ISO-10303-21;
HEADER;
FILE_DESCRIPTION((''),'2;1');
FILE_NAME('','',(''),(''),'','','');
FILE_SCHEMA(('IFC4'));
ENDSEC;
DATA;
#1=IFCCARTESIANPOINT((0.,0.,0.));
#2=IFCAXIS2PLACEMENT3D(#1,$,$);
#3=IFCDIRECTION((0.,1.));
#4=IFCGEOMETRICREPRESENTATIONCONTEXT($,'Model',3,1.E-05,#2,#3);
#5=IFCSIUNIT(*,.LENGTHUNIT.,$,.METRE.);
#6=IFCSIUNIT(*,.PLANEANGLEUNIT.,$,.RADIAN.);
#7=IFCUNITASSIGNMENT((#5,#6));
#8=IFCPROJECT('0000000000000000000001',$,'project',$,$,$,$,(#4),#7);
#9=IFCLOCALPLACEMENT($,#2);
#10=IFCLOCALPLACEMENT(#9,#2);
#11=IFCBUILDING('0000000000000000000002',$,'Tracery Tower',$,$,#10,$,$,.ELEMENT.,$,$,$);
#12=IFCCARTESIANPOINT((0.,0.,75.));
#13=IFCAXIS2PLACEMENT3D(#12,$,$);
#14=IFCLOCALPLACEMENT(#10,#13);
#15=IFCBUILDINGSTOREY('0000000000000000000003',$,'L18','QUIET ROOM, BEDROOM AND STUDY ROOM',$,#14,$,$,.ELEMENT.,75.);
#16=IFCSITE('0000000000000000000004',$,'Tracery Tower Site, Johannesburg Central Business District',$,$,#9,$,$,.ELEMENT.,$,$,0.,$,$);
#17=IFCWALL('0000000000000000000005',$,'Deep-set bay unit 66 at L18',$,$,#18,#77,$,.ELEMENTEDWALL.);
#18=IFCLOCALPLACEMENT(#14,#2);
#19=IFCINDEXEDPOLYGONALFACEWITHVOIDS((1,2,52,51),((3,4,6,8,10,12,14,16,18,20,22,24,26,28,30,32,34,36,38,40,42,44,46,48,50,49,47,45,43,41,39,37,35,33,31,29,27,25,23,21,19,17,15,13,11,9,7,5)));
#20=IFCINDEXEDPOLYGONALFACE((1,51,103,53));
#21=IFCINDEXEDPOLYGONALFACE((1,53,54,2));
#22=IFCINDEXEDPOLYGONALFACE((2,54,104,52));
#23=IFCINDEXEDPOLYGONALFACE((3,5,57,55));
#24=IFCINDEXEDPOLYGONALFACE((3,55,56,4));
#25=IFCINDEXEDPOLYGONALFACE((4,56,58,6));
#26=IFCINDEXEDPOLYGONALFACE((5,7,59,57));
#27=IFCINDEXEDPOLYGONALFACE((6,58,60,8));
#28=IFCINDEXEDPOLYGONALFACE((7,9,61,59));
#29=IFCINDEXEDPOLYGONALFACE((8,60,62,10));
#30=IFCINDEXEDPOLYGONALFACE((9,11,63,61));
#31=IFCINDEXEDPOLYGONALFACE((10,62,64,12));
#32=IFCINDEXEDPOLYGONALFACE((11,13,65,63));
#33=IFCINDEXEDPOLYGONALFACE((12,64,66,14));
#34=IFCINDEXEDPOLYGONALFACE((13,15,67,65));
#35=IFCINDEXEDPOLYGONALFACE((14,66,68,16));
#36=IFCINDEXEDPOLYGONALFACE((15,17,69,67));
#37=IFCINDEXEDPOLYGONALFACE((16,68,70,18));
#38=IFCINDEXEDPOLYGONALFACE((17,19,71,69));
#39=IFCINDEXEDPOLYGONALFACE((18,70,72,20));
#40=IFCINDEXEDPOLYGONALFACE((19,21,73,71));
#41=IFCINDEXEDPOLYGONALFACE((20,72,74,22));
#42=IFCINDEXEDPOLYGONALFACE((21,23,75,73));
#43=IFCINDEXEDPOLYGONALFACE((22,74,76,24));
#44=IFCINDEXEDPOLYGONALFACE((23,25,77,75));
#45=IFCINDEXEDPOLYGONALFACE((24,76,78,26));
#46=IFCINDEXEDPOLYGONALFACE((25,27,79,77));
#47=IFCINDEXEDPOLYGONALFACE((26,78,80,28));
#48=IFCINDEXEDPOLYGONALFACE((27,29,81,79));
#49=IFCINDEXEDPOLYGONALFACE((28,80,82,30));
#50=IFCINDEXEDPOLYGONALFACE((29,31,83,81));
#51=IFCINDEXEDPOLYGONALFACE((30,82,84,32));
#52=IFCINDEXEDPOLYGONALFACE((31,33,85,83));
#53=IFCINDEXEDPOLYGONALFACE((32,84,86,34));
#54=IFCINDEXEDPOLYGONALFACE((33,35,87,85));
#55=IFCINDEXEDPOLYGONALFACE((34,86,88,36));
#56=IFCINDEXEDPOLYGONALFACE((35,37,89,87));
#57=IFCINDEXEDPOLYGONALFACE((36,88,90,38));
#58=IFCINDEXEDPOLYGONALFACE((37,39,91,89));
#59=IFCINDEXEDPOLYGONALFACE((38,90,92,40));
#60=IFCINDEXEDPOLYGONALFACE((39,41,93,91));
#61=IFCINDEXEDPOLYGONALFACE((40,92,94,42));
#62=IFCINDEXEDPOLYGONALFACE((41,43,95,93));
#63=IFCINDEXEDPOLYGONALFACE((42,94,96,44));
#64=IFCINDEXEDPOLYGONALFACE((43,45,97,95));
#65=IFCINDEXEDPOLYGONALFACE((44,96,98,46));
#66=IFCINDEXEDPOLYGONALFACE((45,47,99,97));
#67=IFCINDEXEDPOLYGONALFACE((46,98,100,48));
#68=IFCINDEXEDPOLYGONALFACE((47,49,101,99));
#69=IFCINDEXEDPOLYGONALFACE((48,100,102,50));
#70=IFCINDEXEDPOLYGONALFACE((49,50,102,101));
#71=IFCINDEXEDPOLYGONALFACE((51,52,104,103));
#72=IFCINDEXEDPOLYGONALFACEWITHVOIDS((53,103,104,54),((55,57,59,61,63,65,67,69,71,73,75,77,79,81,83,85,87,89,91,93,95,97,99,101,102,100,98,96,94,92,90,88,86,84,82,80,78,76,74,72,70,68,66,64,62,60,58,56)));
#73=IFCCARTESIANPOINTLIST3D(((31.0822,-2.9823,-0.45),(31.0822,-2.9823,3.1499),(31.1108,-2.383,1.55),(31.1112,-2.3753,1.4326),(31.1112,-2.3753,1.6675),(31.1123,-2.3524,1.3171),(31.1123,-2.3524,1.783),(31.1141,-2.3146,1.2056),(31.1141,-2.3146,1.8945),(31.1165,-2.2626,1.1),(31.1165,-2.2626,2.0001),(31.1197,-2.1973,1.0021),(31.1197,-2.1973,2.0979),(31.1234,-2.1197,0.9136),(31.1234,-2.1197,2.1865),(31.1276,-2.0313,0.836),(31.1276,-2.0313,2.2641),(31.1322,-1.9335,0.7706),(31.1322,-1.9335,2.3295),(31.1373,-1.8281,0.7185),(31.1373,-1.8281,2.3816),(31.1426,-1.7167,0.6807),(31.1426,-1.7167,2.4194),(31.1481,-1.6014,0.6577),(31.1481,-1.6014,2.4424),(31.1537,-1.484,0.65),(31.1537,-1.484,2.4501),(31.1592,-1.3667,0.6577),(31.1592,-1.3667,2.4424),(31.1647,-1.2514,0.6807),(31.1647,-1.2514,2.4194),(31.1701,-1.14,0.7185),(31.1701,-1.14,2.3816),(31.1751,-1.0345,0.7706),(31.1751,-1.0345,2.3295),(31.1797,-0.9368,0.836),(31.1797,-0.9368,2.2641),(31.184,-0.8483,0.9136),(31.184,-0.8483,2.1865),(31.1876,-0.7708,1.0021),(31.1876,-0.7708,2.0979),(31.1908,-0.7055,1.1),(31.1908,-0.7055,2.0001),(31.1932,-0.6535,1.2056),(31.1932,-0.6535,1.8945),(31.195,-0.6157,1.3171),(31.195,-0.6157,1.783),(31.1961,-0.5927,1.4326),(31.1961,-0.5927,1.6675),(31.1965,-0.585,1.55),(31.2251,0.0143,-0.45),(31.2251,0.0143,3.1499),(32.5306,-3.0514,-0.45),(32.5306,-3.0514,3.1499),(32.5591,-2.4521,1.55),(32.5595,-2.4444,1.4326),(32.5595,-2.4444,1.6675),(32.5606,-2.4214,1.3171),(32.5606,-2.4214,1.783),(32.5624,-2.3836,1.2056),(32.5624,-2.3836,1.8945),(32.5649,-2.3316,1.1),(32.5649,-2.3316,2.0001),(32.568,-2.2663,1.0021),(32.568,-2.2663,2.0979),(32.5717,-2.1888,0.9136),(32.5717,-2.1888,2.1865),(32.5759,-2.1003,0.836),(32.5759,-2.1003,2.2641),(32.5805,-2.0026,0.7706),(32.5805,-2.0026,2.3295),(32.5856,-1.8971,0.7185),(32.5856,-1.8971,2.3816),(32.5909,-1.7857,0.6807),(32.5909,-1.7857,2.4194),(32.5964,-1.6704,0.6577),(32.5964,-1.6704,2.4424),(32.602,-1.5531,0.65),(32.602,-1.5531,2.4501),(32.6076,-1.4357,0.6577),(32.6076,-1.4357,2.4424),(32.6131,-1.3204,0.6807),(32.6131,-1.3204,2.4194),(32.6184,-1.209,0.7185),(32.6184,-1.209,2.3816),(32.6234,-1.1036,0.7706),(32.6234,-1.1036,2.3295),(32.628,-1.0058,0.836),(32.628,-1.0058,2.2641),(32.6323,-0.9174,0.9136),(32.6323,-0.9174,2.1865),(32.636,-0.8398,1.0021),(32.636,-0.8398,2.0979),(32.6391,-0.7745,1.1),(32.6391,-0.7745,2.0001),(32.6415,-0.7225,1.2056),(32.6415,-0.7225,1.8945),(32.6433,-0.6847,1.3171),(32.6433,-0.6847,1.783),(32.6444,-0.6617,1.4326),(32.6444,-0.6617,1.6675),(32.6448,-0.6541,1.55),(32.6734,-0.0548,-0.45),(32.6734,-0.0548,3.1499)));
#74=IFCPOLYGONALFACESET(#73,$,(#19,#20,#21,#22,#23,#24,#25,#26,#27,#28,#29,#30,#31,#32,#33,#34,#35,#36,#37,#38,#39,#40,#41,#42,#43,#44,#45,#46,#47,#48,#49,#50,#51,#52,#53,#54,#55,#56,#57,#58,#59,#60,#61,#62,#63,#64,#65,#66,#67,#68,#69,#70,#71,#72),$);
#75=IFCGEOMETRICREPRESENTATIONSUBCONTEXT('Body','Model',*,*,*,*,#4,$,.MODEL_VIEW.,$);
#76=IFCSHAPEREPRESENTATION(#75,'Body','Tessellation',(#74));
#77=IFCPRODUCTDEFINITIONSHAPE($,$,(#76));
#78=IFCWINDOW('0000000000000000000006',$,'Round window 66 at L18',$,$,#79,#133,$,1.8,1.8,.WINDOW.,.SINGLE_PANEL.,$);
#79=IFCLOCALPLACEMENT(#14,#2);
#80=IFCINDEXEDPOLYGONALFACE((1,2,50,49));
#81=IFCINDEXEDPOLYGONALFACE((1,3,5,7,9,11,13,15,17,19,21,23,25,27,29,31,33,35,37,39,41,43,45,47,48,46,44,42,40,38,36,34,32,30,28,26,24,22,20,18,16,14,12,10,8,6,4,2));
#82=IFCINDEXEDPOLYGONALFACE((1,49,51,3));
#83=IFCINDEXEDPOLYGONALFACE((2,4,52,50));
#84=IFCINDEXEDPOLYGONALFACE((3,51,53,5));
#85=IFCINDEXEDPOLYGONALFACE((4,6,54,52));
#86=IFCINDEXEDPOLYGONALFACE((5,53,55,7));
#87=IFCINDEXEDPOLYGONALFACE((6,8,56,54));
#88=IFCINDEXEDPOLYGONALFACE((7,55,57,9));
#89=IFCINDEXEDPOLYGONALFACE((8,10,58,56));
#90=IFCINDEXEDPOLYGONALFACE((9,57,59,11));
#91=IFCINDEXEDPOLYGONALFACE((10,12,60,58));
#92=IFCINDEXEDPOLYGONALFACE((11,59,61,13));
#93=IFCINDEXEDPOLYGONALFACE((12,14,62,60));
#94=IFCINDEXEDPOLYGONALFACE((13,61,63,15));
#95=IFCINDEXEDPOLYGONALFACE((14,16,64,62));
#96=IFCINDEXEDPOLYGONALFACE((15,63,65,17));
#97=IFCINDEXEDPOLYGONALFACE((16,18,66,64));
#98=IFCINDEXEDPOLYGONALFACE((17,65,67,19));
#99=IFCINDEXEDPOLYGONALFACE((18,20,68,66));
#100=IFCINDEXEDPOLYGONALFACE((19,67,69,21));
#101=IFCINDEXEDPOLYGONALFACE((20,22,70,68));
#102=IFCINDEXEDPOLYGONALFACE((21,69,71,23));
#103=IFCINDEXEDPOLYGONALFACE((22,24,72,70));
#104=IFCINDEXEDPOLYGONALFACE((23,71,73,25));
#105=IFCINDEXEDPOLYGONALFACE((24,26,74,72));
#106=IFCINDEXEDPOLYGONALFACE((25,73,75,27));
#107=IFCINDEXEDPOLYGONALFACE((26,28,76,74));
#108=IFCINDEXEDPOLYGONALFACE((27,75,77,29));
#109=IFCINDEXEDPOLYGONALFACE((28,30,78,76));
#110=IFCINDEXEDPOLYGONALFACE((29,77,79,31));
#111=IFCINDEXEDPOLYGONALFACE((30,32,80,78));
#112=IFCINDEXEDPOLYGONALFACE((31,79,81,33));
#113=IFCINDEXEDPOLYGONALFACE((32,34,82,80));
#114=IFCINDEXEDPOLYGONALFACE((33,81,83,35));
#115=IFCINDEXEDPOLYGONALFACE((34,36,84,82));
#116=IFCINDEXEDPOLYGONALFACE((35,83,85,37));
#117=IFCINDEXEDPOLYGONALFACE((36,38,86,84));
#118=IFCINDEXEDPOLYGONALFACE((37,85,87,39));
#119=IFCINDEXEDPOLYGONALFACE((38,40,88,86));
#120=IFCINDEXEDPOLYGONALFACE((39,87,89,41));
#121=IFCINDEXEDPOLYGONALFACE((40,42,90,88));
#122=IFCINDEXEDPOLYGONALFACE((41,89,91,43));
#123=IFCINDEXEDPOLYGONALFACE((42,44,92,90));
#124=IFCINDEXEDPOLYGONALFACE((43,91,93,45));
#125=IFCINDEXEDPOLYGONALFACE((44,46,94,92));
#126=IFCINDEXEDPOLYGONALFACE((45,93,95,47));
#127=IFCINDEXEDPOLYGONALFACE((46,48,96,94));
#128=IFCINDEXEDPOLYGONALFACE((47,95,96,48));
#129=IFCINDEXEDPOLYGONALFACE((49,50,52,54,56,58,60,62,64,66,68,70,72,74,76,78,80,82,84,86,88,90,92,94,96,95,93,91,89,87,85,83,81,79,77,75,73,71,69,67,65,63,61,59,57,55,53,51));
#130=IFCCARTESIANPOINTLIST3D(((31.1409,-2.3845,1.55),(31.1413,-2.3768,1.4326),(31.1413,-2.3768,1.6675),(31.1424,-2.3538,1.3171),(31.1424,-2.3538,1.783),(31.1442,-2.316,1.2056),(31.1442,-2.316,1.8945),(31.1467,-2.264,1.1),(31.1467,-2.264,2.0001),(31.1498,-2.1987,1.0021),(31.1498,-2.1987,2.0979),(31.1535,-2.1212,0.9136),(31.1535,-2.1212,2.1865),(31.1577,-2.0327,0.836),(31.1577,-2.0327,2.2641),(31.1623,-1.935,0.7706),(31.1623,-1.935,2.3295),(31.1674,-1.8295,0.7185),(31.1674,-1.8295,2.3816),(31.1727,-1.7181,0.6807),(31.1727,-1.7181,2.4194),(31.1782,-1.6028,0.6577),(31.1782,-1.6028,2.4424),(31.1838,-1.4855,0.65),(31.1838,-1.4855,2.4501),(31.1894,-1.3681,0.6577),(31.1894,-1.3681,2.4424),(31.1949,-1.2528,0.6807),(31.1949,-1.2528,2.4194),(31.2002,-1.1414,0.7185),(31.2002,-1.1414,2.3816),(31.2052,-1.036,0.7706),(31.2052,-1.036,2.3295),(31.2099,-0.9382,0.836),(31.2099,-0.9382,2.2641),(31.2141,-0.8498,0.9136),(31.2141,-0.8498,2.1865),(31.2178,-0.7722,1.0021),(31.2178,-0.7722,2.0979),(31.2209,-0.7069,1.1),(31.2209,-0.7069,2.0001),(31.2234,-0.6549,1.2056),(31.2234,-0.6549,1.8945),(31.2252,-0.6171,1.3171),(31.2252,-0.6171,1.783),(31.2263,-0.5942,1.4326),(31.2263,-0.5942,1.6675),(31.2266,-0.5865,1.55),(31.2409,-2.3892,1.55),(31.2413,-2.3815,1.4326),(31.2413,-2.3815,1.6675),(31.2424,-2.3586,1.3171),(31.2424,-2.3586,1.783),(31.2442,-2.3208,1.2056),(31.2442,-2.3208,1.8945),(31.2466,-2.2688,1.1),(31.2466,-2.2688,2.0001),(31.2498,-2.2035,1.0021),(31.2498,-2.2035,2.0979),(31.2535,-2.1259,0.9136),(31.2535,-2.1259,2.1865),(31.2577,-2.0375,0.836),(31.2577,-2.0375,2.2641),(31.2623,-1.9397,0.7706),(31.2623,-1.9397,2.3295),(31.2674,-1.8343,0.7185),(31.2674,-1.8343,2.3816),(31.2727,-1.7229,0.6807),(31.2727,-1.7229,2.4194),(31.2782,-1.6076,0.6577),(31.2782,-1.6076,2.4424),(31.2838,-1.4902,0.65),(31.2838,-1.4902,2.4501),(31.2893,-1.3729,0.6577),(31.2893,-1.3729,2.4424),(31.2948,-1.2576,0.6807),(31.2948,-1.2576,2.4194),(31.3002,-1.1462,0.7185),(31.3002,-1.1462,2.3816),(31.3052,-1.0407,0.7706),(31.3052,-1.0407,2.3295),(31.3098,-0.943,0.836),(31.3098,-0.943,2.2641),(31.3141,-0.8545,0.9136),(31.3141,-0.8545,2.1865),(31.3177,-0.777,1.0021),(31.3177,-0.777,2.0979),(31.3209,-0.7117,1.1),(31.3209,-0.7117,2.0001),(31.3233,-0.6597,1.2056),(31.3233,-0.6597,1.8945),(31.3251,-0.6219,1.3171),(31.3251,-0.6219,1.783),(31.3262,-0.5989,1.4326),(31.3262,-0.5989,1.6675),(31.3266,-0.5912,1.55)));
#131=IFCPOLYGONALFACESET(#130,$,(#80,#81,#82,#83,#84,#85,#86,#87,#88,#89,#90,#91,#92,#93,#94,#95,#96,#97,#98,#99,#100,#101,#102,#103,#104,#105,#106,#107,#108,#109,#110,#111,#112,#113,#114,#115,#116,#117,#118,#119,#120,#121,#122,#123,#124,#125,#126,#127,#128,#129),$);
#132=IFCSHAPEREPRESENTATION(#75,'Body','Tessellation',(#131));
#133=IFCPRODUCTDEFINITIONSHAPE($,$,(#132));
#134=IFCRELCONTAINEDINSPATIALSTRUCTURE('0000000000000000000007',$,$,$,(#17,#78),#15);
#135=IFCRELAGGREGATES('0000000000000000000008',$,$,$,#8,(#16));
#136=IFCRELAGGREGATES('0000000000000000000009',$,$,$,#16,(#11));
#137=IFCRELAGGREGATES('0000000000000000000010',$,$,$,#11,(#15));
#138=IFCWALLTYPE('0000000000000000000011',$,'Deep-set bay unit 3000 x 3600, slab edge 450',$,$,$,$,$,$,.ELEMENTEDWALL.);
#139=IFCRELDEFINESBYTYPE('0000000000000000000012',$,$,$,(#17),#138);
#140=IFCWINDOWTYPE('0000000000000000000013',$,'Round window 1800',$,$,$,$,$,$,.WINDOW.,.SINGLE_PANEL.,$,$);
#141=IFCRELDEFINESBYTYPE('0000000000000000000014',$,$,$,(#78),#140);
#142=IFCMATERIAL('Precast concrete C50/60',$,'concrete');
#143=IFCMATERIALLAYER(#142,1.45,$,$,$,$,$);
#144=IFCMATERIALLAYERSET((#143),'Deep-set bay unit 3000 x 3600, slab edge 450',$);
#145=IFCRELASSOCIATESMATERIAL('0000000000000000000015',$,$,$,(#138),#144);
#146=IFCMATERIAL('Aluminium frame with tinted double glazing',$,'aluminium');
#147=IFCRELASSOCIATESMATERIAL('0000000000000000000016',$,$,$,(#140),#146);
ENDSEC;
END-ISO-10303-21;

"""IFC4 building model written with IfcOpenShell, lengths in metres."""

from ifc_helpers import new_model, si_unit, direction, frame, frame_2d, origin, origin_2d, place, context, subcontext, project, spatial, rectangle, circle, extrude, material, layer, layer_set, type_object, element, fill, save


model = new_model("IFC4")

# Units and contexts
model_context = context("Model", 3, precision=1e-05, world=origin(), true_north=direction((0.0, 1.0)))
body_context = subcontext(model_context, "Body", "Model", "MODEL_VIEW")
ifc_project = project(units=[si_unit("LENGTHUNIT", "METRE"), si_unit("PLANEANGLEUNIT", "RADIAN")], contexts=[model_context])

# Site, building, storey
site_placement = place(None, origin())
site = spatial("IfcSite", under=ifc_project, at=site_placement, Name="Tracery Tower Site, Johannesburg Central Business District", CompositionType="ELEMENT", RefElevation=0.0)
building_placement = place(site_placement, origin())
building = spatial("IfcBuilding", under=site, at=building_placement, Name="Tracery Tower", CompositionType="ELEMENT")
storey_placement = place(building_placement, frame((0.0, 0.0, 75.0)))
storey = spatial("IfcBuildingStorey", under=building, at=storey_placement, Name="L18", Description="QUIET ROOM, BEDROOM AND STUDY ROOM", CompositionType="ELEMENT", Elevation=75.0)

# Wall, opening, window
ifc_material_1 = material(Name="Precast concrete C50/60", Category="concrete")
ifc_layer_1 = layer(ifc_material_1, 1.45)
ifc_layer_set_1 = layer_set([ifc_layer_1], Name="Deep-set bay unit 3000 x 3600, slab edge 450")
wall_type_1 = type_object("IfcWallType", Name="Deep-set bay unit 3000 x 3600, slab edge 450", PredefinedType="ELEMENTEDWALL", material=ifc_layer_set_1)
ifc_material_2 = material(Name="Aluminium frame with tinted double glazing", Category="aluminium")
window_type = type_object("IfcWindowType", Name="Round window 1800", PartitioningType="SINGLE_PANEL", PredefinedType="WINDOW", material=ifc_material_2)
wall_1_placement = place(storey_placement, frame((31.8064, -3.0168, -0.45), z_axis=(0.0, 0.0, 1.0), x_axis=(0.047608, 0.998866, 0.0)))
wall_1 = element("IfcWall", 1, at=wall_1_placement, inside=storey, type_object=wall_type_1, Name="Deep-set bay unit 66 at L18", PredefinedType="ELEMENTEDWALL", context=body_context, shape_type="SweptSolid", body=[
    extrude(rectangle(XDim=3.0, YDim=1.45, at=frame_2d((1.5, 0.0))), origin(), (0.0, 0.0, 1.0), 3.5999),
])
opening_1_placement = place(wall_1_placement, frame((1.5, 0.0, 2.0)))
opening_1 = element("IfcOpeningElement", 2, at=opening_1_placement, cuts=wall_1, PredefinedType="OPENING", context=body_context, shape_type="SweptSolid", body=[
    extrude(circle(Radius=0.9, at=origin_2d()), frame((0.0, 0.7349, 0.0), z_axis=(0.0, -1.0, 0.0), x_axis=(1.0, 0.0, 0.0)), (0.0, 0.0, 1.0), 1.47),
])
window_1_placement = place(opening_1_placement, origin())
window_1 = element("IfcWindow", 3, at=window_1_placement, inside=storey, type_object=window_type, Name="Round window 66 at L18", OverallHeight=1.8, OverallWidth=1.8, PartitioningType="SINGLE_PANEL", PredefinedType="WINDOW", context=body_context, shape_type="SweptSolid", body=[
    extrude(circle(Radius=0.9, at=origin_2d()), frame((0.0, 0.6948, 0.0), z_axis=(0.0, -1.0, 0.0), x_axis=(1.0, 0.0, 0.0)), (0.0, 0.0, 1.0), 0.1001),
])
fill(opening_1, window_1)

save(model, "model.ifc")
